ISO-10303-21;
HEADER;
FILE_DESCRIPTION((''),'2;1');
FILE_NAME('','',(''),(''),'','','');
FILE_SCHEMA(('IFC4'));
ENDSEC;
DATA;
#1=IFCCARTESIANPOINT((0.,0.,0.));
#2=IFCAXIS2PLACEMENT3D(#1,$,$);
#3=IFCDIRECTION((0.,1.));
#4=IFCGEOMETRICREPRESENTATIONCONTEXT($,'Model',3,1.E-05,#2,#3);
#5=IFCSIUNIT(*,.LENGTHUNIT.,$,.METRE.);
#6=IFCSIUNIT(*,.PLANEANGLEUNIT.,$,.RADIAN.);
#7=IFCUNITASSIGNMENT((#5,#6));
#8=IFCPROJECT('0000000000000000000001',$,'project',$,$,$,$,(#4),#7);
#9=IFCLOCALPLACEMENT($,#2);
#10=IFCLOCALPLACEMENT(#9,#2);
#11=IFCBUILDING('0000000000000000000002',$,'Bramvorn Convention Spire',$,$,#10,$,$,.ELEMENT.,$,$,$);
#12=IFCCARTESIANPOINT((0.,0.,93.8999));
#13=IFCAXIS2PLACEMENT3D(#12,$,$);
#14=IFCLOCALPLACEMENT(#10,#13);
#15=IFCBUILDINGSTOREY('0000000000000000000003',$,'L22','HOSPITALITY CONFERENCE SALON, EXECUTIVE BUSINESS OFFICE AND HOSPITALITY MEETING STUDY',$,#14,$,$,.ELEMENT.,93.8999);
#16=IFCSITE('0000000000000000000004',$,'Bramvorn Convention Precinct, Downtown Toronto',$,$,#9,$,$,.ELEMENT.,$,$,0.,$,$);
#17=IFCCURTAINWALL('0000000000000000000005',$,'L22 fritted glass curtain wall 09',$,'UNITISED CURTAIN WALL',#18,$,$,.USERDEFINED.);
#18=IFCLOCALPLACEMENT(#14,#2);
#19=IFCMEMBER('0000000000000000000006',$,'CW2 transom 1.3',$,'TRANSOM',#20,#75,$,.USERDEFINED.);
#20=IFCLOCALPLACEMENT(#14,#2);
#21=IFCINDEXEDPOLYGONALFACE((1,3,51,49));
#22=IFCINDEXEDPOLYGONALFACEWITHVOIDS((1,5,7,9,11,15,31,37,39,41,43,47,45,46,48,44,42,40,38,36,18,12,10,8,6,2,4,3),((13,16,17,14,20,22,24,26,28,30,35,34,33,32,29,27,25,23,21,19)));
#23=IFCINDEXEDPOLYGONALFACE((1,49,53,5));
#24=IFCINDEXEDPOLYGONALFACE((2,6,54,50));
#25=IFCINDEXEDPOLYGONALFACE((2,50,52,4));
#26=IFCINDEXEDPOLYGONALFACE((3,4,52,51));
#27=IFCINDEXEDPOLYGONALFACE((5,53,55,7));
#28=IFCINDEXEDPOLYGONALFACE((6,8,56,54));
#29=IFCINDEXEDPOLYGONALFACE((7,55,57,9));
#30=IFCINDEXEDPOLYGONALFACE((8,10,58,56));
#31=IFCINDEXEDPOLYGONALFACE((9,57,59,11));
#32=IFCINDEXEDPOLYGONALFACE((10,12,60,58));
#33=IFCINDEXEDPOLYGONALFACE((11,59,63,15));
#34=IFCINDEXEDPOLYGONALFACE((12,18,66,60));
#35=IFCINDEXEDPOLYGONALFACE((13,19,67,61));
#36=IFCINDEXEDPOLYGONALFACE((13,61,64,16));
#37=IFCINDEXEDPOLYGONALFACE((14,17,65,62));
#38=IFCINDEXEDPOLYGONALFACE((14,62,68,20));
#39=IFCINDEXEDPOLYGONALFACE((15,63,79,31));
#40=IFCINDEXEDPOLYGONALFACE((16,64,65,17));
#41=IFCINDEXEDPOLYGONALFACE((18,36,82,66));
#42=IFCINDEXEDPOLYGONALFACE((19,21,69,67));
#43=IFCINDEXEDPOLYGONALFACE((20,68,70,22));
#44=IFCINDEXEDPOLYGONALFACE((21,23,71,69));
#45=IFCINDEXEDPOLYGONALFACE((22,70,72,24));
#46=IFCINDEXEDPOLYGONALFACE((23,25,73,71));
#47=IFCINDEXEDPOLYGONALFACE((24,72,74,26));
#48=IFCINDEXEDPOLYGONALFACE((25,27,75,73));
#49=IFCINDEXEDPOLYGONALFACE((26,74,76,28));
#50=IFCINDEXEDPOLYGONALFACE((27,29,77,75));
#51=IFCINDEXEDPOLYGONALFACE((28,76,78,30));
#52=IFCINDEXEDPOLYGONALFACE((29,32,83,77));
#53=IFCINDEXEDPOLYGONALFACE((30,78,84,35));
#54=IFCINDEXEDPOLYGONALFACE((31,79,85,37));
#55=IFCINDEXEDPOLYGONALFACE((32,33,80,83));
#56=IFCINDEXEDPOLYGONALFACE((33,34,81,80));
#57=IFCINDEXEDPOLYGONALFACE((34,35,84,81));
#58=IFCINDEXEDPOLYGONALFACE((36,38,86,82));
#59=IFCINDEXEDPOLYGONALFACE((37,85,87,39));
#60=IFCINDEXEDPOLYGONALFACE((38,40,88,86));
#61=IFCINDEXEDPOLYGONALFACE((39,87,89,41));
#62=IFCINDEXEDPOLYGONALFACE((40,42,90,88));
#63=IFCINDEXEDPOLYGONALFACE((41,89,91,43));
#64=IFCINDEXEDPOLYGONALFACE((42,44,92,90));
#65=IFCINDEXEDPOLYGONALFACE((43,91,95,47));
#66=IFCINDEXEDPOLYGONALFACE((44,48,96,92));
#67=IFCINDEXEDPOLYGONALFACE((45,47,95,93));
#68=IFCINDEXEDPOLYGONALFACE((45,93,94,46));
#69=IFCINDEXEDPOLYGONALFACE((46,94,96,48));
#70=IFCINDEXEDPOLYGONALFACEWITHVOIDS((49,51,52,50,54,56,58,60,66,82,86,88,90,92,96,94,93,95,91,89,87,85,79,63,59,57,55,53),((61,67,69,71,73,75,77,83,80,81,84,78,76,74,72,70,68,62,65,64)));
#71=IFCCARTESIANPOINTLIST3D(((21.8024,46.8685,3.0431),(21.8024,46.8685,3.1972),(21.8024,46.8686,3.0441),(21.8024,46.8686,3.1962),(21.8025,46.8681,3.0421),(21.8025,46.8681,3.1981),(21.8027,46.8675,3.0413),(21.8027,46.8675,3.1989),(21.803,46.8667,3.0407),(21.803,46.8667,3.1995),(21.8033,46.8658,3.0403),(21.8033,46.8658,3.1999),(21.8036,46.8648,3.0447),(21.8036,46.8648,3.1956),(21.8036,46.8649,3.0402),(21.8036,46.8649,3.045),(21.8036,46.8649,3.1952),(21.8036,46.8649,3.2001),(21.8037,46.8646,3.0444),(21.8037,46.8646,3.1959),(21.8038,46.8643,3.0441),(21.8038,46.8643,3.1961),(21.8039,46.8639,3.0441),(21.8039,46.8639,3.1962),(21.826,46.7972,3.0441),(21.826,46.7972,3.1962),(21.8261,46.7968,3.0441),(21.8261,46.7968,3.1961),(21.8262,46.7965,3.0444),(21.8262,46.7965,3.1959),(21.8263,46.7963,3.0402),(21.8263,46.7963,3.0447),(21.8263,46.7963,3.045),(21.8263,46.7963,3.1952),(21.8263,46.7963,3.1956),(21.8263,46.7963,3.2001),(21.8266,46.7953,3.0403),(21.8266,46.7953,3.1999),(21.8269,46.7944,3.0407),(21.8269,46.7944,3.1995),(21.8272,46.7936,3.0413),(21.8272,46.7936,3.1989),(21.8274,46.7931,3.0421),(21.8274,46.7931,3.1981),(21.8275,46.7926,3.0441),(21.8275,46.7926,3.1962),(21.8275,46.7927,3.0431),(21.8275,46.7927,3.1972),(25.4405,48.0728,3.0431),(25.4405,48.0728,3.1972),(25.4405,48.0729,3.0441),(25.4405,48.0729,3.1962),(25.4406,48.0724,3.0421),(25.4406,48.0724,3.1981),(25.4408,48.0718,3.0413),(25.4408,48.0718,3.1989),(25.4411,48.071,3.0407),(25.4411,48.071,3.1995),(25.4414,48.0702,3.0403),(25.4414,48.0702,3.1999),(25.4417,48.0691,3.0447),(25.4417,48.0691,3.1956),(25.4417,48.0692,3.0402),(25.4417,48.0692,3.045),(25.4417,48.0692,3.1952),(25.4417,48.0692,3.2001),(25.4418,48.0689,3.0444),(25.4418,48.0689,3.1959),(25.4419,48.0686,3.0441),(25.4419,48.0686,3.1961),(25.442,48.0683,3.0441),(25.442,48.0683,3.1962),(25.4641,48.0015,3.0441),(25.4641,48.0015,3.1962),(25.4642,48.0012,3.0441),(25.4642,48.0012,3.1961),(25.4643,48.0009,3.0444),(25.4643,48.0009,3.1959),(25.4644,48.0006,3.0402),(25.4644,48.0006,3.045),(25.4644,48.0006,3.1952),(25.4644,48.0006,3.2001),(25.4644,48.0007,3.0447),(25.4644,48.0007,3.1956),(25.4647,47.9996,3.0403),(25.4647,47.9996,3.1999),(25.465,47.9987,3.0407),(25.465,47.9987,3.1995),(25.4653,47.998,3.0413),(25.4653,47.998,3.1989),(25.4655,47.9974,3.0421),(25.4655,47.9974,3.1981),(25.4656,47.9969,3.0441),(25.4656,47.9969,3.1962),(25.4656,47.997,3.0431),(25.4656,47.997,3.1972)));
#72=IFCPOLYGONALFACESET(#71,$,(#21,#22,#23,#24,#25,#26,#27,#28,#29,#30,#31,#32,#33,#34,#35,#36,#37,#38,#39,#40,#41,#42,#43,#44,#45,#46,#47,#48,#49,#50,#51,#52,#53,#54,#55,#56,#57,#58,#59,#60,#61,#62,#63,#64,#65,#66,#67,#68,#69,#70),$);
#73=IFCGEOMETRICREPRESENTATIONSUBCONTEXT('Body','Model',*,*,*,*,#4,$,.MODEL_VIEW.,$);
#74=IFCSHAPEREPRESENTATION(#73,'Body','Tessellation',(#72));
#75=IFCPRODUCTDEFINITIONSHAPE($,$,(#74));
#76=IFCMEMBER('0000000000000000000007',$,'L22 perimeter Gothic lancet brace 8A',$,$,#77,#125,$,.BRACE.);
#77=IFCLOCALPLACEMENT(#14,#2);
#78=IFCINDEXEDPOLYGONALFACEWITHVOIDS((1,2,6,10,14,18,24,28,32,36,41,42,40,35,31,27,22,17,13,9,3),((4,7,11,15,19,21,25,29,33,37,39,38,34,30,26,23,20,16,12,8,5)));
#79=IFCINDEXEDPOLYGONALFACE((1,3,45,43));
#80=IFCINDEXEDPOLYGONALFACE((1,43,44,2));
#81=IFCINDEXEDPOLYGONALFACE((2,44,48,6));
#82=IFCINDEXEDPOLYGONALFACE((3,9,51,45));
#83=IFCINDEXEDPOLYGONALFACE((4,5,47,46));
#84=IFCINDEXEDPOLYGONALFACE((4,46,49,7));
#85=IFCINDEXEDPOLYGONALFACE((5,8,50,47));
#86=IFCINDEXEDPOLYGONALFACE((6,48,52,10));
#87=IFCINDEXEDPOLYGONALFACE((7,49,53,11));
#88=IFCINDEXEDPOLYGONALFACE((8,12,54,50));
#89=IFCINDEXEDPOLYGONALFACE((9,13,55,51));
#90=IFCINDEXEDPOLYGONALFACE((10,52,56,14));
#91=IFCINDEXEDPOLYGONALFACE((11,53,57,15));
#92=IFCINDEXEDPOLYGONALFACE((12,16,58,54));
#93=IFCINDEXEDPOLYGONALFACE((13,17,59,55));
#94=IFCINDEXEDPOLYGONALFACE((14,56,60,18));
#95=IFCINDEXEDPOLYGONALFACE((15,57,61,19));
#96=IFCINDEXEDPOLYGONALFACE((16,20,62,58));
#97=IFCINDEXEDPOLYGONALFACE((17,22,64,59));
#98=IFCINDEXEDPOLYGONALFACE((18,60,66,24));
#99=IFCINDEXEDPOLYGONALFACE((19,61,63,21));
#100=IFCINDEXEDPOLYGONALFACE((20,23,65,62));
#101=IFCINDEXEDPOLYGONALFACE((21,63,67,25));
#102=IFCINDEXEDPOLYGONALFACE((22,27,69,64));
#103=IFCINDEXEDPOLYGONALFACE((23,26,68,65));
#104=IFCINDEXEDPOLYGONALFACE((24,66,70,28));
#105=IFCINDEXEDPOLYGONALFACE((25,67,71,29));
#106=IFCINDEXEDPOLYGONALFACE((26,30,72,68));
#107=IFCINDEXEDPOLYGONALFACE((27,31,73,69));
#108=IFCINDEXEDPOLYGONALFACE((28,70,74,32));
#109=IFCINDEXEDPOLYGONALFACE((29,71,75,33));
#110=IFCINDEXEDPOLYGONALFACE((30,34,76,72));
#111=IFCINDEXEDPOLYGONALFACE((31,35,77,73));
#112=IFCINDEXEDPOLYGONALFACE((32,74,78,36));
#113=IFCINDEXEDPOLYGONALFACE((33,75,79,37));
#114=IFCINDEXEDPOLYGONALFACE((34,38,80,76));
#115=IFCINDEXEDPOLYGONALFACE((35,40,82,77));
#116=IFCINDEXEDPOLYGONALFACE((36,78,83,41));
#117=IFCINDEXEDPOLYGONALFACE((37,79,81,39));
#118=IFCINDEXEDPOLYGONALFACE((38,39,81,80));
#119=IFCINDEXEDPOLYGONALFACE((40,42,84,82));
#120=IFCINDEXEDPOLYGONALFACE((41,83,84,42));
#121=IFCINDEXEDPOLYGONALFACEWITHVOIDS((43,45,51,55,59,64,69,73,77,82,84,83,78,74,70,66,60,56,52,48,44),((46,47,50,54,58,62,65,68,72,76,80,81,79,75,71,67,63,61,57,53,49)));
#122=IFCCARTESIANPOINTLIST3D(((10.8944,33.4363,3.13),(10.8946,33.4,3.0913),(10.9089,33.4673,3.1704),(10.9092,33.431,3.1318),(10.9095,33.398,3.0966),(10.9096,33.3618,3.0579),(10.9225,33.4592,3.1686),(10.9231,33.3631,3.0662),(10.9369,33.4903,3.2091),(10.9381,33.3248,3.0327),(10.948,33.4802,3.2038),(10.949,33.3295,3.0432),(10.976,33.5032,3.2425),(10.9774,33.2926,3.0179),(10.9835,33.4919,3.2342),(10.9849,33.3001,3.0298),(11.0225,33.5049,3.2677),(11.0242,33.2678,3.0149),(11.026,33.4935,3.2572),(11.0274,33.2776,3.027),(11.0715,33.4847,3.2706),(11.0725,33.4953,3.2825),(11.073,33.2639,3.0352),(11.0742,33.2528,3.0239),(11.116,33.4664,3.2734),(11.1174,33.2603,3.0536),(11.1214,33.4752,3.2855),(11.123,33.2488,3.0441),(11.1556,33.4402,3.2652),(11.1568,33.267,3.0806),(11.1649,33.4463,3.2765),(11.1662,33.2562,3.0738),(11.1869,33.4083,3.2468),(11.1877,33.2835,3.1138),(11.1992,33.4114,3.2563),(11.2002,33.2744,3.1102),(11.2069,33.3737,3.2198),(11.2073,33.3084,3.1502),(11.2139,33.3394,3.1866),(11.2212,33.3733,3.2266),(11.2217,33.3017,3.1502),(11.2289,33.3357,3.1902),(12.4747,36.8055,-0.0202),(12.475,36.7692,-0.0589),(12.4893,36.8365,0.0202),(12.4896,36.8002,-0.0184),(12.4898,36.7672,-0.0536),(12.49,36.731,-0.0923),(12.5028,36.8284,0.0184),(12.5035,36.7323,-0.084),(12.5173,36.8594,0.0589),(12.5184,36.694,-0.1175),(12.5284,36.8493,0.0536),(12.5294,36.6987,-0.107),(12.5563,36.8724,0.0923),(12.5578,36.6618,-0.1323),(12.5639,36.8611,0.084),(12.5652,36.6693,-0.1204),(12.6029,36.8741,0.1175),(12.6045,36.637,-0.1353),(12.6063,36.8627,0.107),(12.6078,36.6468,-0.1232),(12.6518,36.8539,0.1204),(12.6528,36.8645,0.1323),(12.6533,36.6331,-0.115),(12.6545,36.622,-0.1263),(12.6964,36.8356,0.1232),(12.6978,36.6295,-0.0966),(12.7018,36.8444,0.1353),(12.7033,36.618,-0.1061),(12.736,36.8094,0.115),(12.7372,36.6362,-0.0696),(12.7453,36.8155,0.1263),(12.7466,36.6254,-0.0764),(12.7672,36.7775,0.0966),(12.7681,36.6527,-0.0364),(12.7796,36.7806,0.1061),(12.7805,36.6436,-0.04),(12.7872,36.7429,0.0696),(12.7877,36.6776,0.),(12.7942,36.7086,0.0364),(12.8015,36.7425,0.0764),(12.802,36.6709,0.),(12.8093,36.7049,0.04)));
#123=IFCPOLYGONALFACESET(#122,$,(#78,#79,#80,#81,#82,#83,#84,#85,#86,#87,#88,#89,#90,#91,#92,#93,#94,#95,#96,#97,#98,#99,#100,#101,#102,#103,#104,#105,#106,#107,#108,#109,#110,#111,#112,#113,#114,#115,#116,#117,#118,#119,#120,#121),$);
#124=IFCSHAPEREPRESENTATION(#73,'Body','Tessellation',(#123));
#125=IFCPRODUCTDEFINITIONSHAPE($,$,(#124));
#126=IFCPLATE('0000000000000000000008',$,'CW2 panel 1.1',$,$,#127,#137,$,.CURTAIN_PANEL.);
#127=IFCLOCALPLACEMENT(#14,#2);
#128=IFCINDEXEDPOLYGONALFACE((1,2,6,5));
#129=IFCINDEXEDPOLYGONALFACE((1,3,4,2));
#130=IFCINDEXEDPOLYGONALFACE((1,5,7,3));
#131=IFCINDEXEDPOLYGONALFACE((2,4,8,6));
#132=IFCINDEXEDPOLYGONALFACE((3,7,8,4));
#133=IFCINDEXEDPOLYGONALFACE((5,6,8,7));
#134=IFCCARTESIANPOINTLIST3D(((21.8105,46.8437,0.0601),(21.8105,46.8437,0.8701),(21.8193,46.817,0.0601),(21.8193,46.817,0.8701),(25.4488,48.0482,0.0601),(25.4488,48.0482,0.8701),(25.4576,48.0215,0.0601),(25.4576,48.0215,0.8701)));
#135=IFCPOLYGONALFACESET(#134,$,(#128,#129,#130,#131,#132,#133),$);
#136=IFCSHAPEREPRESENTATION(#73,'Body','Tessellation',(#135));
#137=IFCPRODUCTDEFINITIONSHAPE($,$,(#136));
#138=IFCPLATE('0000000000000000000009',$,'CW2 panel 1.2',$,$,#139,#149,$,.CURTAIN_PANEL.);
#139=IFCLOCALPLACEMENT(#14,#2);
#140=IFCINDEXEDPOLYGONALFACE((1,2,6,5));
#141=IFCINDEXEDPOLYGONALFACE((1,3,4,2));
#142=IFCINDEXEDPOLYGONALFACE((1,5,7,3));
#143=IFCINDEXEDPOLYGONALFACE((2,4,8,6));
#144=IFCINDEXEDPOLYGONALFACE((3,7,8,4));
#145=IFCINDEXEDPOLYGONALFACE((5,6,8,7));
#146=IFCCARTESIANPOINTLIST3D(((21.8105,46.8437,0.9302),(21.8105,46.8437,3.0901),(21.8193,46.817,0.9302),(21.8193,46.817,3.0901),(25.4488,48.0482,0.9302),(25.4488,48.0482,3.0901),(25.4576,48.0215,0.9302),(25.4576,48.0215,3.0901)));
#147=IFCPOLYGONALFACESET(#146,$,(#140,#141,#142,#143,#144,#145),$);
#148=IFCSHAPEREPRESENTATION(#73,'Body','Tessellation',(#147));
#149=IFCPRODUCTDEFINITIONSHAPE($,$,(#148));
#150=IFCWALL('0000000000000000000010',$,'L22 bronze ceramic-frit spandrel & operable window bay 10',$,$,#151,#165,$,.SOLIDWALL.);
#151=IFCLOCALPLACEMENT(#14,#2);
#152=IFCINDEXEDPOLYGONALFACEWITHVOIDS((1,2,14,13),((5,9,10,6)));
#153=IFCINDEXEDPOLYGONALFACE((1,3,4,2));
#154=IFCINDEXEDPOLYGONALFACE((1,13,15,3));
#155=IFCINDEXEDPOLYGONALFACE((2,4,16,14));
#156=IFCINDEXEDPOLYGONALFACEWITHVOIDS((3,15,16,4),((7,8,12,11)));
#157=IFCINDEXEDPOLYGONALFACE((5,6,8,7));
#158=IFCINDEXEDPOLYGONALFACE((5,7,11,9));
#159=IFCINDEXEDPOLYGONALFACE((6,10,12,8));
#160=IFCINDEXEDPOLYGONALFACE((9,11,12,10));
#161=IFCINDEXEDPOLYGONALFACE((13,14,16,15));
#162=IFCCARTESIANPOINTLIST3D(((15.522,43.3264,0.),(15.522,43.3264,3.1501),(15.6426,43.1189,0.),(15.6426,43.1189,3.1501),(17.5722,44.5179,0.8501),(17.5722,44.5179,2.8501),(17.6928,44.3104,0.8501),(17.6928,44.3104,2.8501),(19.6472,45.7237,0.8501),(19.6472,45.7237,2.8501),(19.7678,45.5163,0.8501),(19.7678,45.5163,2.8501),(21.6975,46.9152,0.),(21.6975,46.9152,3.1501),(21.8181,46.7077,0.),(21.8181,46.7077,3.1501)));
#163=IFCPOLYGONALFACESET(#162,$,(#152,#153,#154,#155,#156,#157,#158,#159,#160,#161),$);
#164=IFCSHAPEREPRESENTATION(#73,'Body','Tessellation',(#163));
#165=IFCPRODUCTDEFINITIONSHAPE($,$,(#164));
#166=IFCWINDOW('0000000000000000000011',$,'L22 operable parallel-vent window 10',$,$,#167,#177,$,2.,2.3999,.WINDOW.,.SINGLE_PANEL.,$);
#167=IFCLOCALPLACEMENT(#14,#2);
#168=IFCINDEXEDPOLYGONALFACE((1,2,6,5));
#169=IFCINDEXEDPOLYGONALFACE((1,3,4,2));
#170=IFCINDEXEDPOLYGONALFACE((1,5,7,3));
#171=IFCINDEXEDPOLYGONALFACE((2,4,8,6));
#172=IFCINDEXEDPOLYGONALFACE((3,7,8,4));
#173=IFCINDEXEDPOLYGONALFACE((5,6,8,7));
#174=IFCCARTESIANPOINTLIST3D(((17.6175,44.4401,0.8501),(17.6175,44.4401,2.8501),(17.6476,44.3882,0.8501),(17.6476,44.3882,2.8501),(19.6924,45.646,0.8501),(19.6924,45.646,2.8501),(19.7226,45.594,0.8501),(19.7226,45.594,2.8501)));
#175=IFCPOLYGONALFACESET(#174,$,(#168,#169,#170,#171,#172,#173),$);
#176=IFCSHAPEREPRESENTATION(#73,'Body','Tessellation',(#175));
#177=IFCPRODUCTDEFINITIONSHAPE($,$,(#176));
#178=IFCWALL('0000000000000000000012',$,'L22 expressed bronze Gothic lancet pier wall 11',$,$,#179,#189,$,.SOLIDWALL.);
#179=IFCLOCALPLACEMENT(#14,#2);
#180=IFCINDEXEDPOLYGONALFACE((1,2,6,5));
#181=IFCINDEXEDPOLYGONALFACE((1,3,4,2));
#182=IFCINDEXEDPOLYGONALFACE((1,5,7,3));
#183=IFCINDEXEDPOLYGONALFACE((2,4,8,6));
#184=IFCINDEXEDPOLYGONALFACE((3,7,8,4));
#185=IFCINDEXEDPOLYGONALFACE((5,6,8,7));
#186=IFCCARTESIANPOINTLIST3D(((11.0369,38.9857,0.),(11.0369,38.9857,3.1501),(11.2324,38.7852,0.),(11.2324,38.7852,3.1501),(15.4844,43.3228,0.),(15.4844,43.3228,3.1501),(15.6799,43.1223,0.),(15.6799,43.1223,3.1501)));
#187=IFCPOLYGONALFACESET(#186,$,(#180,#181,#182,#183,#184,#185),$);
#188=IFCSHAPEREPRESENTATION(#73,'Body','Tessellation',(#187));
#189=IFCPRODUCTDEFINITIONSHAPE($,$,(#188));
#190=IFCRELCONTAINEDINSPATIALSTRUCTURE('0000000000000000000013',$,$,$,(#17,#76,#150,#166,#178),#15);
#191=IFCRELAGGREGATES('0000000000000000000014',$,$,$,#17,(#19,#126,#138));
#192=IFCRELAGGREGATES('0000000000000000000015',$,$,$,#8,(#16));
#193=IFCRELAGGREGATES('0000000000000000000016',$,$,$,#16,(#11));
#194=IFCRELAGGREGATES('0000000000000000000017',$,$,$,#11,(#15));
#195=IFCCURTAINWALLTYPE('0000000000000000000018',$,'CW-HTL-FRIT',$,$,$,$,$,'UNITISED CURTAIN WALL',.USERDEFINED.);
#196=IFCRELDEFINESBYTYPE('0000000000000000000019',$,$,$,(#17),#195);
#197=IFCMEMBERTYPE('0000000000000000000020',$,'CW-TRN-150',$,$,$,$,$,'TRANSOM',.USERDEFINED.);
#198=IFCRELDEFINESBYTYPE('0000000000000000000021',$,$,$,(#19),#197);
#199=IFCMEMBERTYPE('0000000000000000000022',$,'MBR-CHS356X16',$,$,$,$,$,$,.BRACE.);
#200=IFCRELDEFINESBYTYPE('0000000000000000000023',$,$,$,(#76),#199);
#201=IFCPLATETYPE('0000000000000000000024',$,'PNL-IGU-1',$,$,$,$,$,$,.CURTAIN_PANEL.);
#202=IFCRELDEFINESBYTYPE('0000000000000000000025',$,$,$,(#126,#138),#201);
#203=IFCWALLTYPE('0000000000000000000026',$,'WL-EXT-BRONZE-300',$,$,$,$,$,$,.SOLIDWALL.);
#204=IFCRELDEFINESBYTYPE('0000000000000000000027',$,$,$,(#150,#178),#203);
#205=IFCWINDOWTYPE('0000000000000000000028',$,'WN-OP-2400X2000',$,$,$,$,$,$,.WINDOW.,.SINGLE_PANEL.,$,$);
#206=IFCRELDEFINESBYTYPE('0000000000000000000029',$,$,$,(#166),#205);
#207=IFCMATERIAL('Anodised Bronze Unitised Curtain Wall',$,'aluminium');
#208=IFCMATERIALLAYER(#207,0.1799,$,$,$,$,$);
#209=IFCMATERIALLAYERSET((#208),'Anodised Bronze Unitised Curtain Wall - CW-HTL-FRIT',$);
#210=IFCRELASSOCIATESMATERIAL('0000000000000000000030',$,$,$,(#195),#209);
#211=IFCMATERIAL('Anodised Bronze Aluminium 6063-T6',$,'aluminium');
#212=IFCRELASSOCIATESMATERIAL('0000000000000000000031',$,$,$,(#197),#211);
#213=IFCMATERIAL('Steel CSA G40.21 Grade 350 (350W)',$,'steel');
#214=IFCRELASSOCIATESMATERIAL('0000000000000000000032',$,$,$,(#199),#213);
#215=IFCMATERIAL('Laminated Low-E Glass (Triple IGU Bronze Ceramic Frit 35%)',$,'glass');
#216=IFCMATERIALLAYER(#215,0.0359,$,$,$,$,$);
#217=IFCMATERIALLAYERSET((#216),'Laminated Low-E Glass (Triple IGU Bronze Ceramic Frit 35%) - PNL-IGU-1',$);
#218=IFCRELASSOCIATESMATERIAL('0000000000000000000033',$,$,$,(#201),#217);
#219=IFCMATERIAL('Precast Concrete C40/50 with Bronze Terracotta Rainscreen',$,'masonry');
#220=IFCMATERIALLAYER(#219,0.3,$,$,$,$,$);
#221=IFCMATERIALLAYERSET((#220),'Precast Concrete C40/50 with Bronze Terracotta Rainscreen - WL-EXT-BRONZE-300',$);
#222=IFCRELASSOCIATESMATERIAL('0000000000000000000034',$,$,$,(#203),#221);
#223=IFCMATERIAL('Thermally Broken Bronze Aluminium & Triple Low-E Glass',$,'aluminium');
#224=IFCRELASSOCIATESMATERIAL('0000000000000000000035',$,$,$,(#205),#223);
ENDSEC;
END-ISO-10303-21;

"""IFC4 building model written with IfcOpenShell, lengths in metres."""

from ifc_helpers import new_model, si_unit, direction, frame, frame_2d, origin, origin_2d, place, context, subcontext, project, spatial, rectangle, hollow_rectangle, hollow_circle, extrude, material, layer, layer_set, material_profile, profile_set, type_object, element, fill, aggregate, save


model = new_model("IFC4")

# Units and contexts
model_context = context("Model", 3, precision=1e-05, world=origin(), true_north=direction((0.0, 1.0)))
body_context = subcontext(model_context, "Body", "Model", "MODEL_VIEW")
ifc_project = project(units=[si_unit("LENGTHUNIT", "METRE"), si_unit("PLANEANGLEUNIT", "RADIAN")], contexts=[model_context])

# Site, building, storey
site_placement = place(None, origin())
site = spatial("IfcSite", under=ifc_project, at=site_placement, Name="Bramvorn Convention Precinct, Downtown Toronto", CompositionType="ELEMENT", RefElevation=0.0)
building_placement = place(site_placement, origin())
building = spatial("IfcBuilding", under=site, at=building_placement, Name="Bramvorn Convention Spire", CompositionType="ELEMENT")
storey_placement = place(building_placement, frame((0.0, 0.0, 93.8999)))
storey = spatial("IfcBuildingStorey", under=building, at=storey_placement, Name="L22", Description="HOSPITALITY CONFERENCE SALON, EXECUTIVE BUSINESS OFFICE AND HOSPITALITY MEETING STUDY", CompositionType="ELEMENT", Elevation=93.8999)

# Shared definitions
ifc_material_1 = material(Name="Steel CSA G40.21 Grade 350 (350W)", Category="steel")

# Curtain wall, member
ifc_material_2 = material(Name="Anodised Bronze Unitised Curtain Wall", Category="aluminium")
ifc_layer_1 = layer(ifc_material_2, 0.1799)
ifc_layer_set_1 = layer_set([ifc_layer_1], Name="Anodised Bronze Unitised Curtain Wall - CW-HTL-FRIT")
curtain_wall_type = type_object("IfcCurtainWallType", Name="CW-HTL-FRIT", ElementType="UNITISED CURTAIN WALL", PredefinedType="USERDEFINED", material=ifc_layer_set_1)
curtain_wall_placement = place(storey_placement, origin())
curtain_wall = element("IfcCurtainWall", 1, at=curtain_wall_placement, inside=storey, type_object=curtain_wall_type, Name="L22 fritted glass curtain wall 09", ObjectType="UNITISED CURTAIN WALL", PredefinedType="USERDEFINED")
ifc_material_3 = material(Name="Anodised Bronze Aluminium 6063-T6", Category="aluminium")
ifc_material_profile_1 = material_profile(ifc_material_3, hollow_rectangle(XDim=0.0801, YDim=0.1599, WallThickness=0.0039, InnerFilletRadius=0.001, OuterFilletRadius=0.0039, at=origin_2d()))
ifc_profile_set_1 = profile_set([ifc_material_profile_1], Name="Anodised Bronze Aluminium 6063-T6 - CWT80X160")
member_type_1 = type_object("IfcMemberType", Name="CW-TRN-150", ElementType="TRANSOM", PredefinedType="USERDEFINED", material=ifc_profile_set_1)
member_1_placement = place(storey_placement, frame((21.8149, 46.8306, 3.1201), z_axis=(0.949337, 0.314259, 0.0), x_axis=(-0.314259, 0.949337, 0.0)))
member_1 = element("IfcMember", 2, at=member_1_placement, type_object=member_type_1, Name="CW2 transom 1.3", ObjectType="TRANSOM", PredefinedType="USERDEFINED", context=body_context, shape_type="SweptSolid", body=[
    extrude(hollow_rectangle(XDim=0.0801, YDim=0.1599, WallThickness=0.0039, InnerFilletRadius=0.001, OuterFilletRadius=0.0039, at=origin_2d()), origin(), (0.0, 0.0, 1.0), 3.8323),
])

# Member
ifc_material_profile_2 = material_profile(ifc_material_1, hollow_circle(Radius=0.1777, WallThickness=0.0159, at=origin_2d()))
ifc_profile_set_2 = profile_set([ifc_material_profile_2], Name="Steel CSA G40.21 Grade 350 (350W) - CHS356X16")
member_type_2 = type_object("IfcMemberType", Name="MBR-CHS356X16", PredefinedType="BRACE", material=ifc_profile_set_2)
member_2_placement = place(storey_placement, frame((12.6411, 36.7463, 0.0), z_axis=(-0.324126, -0.691014, 0.646098), x_axis=(0.905352, -0.424662, 0.0)))
element("IfcMember", 3, at=member_2_placement, inside=storey, type_object=member_type_2, Name="L22 perimeter Gothic lancet brace 8A", PredefinedType="BRACE", context=body_context, shape_type="SweptSolid", body=[
    extrude(hollow_circle(Radius=0.1777, WallThickness=0.0159, at=origin_2d()), origin(), (0.0, 0.0, 1.0), 4.8757),
])

# Plates
ifc_material_4 = material(Name="Laminated Low-E Glass (Triple IGU Bronze Ceramic Frit 35%)", Category="glass")
ifc_layer_2 = layer(ifc_material_4, 0.0359)
ifc_layer_set_2 = layer_set([ifc_layer_2], Name="Laminated Low-E Glass (Triple IGU Bronze Ceramic Frit 35%) - PNL-IGU-1")
plate_type = type_object("IfcPlateType", Name="PNL-IGU-1", PredefinedType="CURTAIN_PANEL", material=ifc_layer_set_2)
plate_1_placement = place(storey_placement, frame((23.634, 47.4326, 0.0601), z_axis=(0.0, 0.0, 1.0), x_axis=(0.94933, 0.314281, 0.0)))
plate_1 = element("IfcPlate", 4, at=plate_1_placement, type_object=plate_type, Name="CW2 panel 1.1", PredefinedType="CURTAIN_PANEL", context=body_context, shape_type="SweptSolid", body=[
    extrude(rectangle(XDim=3.8325, YDim=0.0281, at=origin_2d()), origin(), (0.0, 0.0, 1.0), 0.8101),
])
plate_2_placement = place(storey_placement, frame((23.634, 47.4326, 0.9302), z_axis=(0.0, 0.0, 1.0), x_axis=(0.94933, 0.314281, 0.0)))
plate_2 = element("IfcPlate", 5, at=plate_2_placement, type_object=plate_type, Name="CW2 panel 1.2", PredefinedType="CURTAIN_PANEL", context=body_context, shape_type="SweptSolid", body=[
    extrude(rectangle(XDim=3.8325, YDim=0.0281, at=origin_2d()), origin(), (0.0, 0.0, 1.0), 2.1599),
])
aggregate(curtain_wall, [member_1, plate_1, plate_2])

# Wall, opening, window
ifc_material_5 = material(Name="Precast Concrete C40/50 with Bronze Terracotta Rainscreen", Category="masonry")
ifc_layer_3 = layer(ifc_material_5, 0.3)
ifc_layer_set_3 = layer_set([ifc_layer_3], Name="Precast Concrete C40/50 with Bronze Terracotta Rainscreen - WL-EXT-BRONZE-300")
wall_type_1 = type_object("IfcWallType", Name="WL-EXT-BRONZE-300", PredefinedType="SOLIDWALL", material=ifc_layer_set_3)
wall_1_placement = place(storey_placement, frame((15.5823, 43.2227, 0.0), z_axis=(0.0, 0.0, 1.0), x_axis=(0.864602, 0.502457, 0.0)))
wall_1 = element("IfcWall", 6, at=wall_1_placement, inside=storey, type_object=wall_type_1, Name="L22 bronze ceramic-frit spandrel & operable window bay 10", PredefinedType="SOLIDWALL", context=body_context, shape_type="SweptSolid", body=[
    extrude(rectangle(XDim=7.1426, YDim=0.24, at=frame_2d((3.5713, 0.0))), origin(), (0.0, 0.0, 1.0), 3.1501),
])
opening_placement = place(wall_1_placement, frame((2.3713, 0.0, 0.8501)))
opening = element("IfcOpeningElement", 7, at=opening_placement, cuts=wall_1, PredefinedType="OPENING", context=body_context, shape_type="SweptSolid", body=[
    extrude(rectangle(XDim=2.3999, YDim=2.0, at=frame_2d((1.2, 1.0))), frame((0.0, 0.1299, 0.0), z_axis=(0.0, -1.0, 0.0), x_axis=(1.0, 0.0, 0.0)), (0.0, 0.0, 1.0), 0.26),
])
ifc_material_6 = material(Name="Thermally Broken Bronze Aluminium & Triple Low-E Glass", Category="aluminium")
window_type = type_object("IfcWindowType", Name="WN-OP-2400X2000", PartitioningType="SINGLE_PANEL", PredefinedType="WINDOW", material=ifc_material_6)
window_placement = place(opening_placement, origin())
window = element("IfcWindow", 8, at=window_placement, inside=storey, type_object=window_type, Name="L22 operable parallel-vent window 10", OverallHeight=2.0, OverallWidth=2.3999, PartitioningType="SINGLE_PANEL", PredefinedType="WINDOW", context=body_context, shape_type="SweptSolid", body=[
    extrude(rectangle(XDim=2.3999, YDim=2.0, at=frame_2d((1.2, 1.0))), frame((0.0, 0.03, 0.0), z_axis=(0.0, -1.0, 0.0), x_axis=(1.0, 0.0, 0.0)), (0.0, 0.0, 1.0), 0.0601),
])
fill(opening, window)

# Wall
wall_2_placement = place(storey_placement, frame((11.1348, 38.8855, 0.0), z_axis=(0.0, 0.0, 1.0), x_axis=(0.715933, 0.698169, 0.0)))
element("IfcWall", 9, at=wall_2_placement, inside=storey, type_object=wall_type_1, Name="L22 expressed bronze Gothic lancet pier wall 11", PredefinedType="SOLIDWALL", context=body_context, shape_type="SweptSolid", body=[
    extrude(rectangle(XDim=6.2122, YDim=0.28, at=frame_2d((3.106, 0.0))), origin(), (0.0, 0.0, 1.0), 3.1501),
])

save(model, "model.ifc")
